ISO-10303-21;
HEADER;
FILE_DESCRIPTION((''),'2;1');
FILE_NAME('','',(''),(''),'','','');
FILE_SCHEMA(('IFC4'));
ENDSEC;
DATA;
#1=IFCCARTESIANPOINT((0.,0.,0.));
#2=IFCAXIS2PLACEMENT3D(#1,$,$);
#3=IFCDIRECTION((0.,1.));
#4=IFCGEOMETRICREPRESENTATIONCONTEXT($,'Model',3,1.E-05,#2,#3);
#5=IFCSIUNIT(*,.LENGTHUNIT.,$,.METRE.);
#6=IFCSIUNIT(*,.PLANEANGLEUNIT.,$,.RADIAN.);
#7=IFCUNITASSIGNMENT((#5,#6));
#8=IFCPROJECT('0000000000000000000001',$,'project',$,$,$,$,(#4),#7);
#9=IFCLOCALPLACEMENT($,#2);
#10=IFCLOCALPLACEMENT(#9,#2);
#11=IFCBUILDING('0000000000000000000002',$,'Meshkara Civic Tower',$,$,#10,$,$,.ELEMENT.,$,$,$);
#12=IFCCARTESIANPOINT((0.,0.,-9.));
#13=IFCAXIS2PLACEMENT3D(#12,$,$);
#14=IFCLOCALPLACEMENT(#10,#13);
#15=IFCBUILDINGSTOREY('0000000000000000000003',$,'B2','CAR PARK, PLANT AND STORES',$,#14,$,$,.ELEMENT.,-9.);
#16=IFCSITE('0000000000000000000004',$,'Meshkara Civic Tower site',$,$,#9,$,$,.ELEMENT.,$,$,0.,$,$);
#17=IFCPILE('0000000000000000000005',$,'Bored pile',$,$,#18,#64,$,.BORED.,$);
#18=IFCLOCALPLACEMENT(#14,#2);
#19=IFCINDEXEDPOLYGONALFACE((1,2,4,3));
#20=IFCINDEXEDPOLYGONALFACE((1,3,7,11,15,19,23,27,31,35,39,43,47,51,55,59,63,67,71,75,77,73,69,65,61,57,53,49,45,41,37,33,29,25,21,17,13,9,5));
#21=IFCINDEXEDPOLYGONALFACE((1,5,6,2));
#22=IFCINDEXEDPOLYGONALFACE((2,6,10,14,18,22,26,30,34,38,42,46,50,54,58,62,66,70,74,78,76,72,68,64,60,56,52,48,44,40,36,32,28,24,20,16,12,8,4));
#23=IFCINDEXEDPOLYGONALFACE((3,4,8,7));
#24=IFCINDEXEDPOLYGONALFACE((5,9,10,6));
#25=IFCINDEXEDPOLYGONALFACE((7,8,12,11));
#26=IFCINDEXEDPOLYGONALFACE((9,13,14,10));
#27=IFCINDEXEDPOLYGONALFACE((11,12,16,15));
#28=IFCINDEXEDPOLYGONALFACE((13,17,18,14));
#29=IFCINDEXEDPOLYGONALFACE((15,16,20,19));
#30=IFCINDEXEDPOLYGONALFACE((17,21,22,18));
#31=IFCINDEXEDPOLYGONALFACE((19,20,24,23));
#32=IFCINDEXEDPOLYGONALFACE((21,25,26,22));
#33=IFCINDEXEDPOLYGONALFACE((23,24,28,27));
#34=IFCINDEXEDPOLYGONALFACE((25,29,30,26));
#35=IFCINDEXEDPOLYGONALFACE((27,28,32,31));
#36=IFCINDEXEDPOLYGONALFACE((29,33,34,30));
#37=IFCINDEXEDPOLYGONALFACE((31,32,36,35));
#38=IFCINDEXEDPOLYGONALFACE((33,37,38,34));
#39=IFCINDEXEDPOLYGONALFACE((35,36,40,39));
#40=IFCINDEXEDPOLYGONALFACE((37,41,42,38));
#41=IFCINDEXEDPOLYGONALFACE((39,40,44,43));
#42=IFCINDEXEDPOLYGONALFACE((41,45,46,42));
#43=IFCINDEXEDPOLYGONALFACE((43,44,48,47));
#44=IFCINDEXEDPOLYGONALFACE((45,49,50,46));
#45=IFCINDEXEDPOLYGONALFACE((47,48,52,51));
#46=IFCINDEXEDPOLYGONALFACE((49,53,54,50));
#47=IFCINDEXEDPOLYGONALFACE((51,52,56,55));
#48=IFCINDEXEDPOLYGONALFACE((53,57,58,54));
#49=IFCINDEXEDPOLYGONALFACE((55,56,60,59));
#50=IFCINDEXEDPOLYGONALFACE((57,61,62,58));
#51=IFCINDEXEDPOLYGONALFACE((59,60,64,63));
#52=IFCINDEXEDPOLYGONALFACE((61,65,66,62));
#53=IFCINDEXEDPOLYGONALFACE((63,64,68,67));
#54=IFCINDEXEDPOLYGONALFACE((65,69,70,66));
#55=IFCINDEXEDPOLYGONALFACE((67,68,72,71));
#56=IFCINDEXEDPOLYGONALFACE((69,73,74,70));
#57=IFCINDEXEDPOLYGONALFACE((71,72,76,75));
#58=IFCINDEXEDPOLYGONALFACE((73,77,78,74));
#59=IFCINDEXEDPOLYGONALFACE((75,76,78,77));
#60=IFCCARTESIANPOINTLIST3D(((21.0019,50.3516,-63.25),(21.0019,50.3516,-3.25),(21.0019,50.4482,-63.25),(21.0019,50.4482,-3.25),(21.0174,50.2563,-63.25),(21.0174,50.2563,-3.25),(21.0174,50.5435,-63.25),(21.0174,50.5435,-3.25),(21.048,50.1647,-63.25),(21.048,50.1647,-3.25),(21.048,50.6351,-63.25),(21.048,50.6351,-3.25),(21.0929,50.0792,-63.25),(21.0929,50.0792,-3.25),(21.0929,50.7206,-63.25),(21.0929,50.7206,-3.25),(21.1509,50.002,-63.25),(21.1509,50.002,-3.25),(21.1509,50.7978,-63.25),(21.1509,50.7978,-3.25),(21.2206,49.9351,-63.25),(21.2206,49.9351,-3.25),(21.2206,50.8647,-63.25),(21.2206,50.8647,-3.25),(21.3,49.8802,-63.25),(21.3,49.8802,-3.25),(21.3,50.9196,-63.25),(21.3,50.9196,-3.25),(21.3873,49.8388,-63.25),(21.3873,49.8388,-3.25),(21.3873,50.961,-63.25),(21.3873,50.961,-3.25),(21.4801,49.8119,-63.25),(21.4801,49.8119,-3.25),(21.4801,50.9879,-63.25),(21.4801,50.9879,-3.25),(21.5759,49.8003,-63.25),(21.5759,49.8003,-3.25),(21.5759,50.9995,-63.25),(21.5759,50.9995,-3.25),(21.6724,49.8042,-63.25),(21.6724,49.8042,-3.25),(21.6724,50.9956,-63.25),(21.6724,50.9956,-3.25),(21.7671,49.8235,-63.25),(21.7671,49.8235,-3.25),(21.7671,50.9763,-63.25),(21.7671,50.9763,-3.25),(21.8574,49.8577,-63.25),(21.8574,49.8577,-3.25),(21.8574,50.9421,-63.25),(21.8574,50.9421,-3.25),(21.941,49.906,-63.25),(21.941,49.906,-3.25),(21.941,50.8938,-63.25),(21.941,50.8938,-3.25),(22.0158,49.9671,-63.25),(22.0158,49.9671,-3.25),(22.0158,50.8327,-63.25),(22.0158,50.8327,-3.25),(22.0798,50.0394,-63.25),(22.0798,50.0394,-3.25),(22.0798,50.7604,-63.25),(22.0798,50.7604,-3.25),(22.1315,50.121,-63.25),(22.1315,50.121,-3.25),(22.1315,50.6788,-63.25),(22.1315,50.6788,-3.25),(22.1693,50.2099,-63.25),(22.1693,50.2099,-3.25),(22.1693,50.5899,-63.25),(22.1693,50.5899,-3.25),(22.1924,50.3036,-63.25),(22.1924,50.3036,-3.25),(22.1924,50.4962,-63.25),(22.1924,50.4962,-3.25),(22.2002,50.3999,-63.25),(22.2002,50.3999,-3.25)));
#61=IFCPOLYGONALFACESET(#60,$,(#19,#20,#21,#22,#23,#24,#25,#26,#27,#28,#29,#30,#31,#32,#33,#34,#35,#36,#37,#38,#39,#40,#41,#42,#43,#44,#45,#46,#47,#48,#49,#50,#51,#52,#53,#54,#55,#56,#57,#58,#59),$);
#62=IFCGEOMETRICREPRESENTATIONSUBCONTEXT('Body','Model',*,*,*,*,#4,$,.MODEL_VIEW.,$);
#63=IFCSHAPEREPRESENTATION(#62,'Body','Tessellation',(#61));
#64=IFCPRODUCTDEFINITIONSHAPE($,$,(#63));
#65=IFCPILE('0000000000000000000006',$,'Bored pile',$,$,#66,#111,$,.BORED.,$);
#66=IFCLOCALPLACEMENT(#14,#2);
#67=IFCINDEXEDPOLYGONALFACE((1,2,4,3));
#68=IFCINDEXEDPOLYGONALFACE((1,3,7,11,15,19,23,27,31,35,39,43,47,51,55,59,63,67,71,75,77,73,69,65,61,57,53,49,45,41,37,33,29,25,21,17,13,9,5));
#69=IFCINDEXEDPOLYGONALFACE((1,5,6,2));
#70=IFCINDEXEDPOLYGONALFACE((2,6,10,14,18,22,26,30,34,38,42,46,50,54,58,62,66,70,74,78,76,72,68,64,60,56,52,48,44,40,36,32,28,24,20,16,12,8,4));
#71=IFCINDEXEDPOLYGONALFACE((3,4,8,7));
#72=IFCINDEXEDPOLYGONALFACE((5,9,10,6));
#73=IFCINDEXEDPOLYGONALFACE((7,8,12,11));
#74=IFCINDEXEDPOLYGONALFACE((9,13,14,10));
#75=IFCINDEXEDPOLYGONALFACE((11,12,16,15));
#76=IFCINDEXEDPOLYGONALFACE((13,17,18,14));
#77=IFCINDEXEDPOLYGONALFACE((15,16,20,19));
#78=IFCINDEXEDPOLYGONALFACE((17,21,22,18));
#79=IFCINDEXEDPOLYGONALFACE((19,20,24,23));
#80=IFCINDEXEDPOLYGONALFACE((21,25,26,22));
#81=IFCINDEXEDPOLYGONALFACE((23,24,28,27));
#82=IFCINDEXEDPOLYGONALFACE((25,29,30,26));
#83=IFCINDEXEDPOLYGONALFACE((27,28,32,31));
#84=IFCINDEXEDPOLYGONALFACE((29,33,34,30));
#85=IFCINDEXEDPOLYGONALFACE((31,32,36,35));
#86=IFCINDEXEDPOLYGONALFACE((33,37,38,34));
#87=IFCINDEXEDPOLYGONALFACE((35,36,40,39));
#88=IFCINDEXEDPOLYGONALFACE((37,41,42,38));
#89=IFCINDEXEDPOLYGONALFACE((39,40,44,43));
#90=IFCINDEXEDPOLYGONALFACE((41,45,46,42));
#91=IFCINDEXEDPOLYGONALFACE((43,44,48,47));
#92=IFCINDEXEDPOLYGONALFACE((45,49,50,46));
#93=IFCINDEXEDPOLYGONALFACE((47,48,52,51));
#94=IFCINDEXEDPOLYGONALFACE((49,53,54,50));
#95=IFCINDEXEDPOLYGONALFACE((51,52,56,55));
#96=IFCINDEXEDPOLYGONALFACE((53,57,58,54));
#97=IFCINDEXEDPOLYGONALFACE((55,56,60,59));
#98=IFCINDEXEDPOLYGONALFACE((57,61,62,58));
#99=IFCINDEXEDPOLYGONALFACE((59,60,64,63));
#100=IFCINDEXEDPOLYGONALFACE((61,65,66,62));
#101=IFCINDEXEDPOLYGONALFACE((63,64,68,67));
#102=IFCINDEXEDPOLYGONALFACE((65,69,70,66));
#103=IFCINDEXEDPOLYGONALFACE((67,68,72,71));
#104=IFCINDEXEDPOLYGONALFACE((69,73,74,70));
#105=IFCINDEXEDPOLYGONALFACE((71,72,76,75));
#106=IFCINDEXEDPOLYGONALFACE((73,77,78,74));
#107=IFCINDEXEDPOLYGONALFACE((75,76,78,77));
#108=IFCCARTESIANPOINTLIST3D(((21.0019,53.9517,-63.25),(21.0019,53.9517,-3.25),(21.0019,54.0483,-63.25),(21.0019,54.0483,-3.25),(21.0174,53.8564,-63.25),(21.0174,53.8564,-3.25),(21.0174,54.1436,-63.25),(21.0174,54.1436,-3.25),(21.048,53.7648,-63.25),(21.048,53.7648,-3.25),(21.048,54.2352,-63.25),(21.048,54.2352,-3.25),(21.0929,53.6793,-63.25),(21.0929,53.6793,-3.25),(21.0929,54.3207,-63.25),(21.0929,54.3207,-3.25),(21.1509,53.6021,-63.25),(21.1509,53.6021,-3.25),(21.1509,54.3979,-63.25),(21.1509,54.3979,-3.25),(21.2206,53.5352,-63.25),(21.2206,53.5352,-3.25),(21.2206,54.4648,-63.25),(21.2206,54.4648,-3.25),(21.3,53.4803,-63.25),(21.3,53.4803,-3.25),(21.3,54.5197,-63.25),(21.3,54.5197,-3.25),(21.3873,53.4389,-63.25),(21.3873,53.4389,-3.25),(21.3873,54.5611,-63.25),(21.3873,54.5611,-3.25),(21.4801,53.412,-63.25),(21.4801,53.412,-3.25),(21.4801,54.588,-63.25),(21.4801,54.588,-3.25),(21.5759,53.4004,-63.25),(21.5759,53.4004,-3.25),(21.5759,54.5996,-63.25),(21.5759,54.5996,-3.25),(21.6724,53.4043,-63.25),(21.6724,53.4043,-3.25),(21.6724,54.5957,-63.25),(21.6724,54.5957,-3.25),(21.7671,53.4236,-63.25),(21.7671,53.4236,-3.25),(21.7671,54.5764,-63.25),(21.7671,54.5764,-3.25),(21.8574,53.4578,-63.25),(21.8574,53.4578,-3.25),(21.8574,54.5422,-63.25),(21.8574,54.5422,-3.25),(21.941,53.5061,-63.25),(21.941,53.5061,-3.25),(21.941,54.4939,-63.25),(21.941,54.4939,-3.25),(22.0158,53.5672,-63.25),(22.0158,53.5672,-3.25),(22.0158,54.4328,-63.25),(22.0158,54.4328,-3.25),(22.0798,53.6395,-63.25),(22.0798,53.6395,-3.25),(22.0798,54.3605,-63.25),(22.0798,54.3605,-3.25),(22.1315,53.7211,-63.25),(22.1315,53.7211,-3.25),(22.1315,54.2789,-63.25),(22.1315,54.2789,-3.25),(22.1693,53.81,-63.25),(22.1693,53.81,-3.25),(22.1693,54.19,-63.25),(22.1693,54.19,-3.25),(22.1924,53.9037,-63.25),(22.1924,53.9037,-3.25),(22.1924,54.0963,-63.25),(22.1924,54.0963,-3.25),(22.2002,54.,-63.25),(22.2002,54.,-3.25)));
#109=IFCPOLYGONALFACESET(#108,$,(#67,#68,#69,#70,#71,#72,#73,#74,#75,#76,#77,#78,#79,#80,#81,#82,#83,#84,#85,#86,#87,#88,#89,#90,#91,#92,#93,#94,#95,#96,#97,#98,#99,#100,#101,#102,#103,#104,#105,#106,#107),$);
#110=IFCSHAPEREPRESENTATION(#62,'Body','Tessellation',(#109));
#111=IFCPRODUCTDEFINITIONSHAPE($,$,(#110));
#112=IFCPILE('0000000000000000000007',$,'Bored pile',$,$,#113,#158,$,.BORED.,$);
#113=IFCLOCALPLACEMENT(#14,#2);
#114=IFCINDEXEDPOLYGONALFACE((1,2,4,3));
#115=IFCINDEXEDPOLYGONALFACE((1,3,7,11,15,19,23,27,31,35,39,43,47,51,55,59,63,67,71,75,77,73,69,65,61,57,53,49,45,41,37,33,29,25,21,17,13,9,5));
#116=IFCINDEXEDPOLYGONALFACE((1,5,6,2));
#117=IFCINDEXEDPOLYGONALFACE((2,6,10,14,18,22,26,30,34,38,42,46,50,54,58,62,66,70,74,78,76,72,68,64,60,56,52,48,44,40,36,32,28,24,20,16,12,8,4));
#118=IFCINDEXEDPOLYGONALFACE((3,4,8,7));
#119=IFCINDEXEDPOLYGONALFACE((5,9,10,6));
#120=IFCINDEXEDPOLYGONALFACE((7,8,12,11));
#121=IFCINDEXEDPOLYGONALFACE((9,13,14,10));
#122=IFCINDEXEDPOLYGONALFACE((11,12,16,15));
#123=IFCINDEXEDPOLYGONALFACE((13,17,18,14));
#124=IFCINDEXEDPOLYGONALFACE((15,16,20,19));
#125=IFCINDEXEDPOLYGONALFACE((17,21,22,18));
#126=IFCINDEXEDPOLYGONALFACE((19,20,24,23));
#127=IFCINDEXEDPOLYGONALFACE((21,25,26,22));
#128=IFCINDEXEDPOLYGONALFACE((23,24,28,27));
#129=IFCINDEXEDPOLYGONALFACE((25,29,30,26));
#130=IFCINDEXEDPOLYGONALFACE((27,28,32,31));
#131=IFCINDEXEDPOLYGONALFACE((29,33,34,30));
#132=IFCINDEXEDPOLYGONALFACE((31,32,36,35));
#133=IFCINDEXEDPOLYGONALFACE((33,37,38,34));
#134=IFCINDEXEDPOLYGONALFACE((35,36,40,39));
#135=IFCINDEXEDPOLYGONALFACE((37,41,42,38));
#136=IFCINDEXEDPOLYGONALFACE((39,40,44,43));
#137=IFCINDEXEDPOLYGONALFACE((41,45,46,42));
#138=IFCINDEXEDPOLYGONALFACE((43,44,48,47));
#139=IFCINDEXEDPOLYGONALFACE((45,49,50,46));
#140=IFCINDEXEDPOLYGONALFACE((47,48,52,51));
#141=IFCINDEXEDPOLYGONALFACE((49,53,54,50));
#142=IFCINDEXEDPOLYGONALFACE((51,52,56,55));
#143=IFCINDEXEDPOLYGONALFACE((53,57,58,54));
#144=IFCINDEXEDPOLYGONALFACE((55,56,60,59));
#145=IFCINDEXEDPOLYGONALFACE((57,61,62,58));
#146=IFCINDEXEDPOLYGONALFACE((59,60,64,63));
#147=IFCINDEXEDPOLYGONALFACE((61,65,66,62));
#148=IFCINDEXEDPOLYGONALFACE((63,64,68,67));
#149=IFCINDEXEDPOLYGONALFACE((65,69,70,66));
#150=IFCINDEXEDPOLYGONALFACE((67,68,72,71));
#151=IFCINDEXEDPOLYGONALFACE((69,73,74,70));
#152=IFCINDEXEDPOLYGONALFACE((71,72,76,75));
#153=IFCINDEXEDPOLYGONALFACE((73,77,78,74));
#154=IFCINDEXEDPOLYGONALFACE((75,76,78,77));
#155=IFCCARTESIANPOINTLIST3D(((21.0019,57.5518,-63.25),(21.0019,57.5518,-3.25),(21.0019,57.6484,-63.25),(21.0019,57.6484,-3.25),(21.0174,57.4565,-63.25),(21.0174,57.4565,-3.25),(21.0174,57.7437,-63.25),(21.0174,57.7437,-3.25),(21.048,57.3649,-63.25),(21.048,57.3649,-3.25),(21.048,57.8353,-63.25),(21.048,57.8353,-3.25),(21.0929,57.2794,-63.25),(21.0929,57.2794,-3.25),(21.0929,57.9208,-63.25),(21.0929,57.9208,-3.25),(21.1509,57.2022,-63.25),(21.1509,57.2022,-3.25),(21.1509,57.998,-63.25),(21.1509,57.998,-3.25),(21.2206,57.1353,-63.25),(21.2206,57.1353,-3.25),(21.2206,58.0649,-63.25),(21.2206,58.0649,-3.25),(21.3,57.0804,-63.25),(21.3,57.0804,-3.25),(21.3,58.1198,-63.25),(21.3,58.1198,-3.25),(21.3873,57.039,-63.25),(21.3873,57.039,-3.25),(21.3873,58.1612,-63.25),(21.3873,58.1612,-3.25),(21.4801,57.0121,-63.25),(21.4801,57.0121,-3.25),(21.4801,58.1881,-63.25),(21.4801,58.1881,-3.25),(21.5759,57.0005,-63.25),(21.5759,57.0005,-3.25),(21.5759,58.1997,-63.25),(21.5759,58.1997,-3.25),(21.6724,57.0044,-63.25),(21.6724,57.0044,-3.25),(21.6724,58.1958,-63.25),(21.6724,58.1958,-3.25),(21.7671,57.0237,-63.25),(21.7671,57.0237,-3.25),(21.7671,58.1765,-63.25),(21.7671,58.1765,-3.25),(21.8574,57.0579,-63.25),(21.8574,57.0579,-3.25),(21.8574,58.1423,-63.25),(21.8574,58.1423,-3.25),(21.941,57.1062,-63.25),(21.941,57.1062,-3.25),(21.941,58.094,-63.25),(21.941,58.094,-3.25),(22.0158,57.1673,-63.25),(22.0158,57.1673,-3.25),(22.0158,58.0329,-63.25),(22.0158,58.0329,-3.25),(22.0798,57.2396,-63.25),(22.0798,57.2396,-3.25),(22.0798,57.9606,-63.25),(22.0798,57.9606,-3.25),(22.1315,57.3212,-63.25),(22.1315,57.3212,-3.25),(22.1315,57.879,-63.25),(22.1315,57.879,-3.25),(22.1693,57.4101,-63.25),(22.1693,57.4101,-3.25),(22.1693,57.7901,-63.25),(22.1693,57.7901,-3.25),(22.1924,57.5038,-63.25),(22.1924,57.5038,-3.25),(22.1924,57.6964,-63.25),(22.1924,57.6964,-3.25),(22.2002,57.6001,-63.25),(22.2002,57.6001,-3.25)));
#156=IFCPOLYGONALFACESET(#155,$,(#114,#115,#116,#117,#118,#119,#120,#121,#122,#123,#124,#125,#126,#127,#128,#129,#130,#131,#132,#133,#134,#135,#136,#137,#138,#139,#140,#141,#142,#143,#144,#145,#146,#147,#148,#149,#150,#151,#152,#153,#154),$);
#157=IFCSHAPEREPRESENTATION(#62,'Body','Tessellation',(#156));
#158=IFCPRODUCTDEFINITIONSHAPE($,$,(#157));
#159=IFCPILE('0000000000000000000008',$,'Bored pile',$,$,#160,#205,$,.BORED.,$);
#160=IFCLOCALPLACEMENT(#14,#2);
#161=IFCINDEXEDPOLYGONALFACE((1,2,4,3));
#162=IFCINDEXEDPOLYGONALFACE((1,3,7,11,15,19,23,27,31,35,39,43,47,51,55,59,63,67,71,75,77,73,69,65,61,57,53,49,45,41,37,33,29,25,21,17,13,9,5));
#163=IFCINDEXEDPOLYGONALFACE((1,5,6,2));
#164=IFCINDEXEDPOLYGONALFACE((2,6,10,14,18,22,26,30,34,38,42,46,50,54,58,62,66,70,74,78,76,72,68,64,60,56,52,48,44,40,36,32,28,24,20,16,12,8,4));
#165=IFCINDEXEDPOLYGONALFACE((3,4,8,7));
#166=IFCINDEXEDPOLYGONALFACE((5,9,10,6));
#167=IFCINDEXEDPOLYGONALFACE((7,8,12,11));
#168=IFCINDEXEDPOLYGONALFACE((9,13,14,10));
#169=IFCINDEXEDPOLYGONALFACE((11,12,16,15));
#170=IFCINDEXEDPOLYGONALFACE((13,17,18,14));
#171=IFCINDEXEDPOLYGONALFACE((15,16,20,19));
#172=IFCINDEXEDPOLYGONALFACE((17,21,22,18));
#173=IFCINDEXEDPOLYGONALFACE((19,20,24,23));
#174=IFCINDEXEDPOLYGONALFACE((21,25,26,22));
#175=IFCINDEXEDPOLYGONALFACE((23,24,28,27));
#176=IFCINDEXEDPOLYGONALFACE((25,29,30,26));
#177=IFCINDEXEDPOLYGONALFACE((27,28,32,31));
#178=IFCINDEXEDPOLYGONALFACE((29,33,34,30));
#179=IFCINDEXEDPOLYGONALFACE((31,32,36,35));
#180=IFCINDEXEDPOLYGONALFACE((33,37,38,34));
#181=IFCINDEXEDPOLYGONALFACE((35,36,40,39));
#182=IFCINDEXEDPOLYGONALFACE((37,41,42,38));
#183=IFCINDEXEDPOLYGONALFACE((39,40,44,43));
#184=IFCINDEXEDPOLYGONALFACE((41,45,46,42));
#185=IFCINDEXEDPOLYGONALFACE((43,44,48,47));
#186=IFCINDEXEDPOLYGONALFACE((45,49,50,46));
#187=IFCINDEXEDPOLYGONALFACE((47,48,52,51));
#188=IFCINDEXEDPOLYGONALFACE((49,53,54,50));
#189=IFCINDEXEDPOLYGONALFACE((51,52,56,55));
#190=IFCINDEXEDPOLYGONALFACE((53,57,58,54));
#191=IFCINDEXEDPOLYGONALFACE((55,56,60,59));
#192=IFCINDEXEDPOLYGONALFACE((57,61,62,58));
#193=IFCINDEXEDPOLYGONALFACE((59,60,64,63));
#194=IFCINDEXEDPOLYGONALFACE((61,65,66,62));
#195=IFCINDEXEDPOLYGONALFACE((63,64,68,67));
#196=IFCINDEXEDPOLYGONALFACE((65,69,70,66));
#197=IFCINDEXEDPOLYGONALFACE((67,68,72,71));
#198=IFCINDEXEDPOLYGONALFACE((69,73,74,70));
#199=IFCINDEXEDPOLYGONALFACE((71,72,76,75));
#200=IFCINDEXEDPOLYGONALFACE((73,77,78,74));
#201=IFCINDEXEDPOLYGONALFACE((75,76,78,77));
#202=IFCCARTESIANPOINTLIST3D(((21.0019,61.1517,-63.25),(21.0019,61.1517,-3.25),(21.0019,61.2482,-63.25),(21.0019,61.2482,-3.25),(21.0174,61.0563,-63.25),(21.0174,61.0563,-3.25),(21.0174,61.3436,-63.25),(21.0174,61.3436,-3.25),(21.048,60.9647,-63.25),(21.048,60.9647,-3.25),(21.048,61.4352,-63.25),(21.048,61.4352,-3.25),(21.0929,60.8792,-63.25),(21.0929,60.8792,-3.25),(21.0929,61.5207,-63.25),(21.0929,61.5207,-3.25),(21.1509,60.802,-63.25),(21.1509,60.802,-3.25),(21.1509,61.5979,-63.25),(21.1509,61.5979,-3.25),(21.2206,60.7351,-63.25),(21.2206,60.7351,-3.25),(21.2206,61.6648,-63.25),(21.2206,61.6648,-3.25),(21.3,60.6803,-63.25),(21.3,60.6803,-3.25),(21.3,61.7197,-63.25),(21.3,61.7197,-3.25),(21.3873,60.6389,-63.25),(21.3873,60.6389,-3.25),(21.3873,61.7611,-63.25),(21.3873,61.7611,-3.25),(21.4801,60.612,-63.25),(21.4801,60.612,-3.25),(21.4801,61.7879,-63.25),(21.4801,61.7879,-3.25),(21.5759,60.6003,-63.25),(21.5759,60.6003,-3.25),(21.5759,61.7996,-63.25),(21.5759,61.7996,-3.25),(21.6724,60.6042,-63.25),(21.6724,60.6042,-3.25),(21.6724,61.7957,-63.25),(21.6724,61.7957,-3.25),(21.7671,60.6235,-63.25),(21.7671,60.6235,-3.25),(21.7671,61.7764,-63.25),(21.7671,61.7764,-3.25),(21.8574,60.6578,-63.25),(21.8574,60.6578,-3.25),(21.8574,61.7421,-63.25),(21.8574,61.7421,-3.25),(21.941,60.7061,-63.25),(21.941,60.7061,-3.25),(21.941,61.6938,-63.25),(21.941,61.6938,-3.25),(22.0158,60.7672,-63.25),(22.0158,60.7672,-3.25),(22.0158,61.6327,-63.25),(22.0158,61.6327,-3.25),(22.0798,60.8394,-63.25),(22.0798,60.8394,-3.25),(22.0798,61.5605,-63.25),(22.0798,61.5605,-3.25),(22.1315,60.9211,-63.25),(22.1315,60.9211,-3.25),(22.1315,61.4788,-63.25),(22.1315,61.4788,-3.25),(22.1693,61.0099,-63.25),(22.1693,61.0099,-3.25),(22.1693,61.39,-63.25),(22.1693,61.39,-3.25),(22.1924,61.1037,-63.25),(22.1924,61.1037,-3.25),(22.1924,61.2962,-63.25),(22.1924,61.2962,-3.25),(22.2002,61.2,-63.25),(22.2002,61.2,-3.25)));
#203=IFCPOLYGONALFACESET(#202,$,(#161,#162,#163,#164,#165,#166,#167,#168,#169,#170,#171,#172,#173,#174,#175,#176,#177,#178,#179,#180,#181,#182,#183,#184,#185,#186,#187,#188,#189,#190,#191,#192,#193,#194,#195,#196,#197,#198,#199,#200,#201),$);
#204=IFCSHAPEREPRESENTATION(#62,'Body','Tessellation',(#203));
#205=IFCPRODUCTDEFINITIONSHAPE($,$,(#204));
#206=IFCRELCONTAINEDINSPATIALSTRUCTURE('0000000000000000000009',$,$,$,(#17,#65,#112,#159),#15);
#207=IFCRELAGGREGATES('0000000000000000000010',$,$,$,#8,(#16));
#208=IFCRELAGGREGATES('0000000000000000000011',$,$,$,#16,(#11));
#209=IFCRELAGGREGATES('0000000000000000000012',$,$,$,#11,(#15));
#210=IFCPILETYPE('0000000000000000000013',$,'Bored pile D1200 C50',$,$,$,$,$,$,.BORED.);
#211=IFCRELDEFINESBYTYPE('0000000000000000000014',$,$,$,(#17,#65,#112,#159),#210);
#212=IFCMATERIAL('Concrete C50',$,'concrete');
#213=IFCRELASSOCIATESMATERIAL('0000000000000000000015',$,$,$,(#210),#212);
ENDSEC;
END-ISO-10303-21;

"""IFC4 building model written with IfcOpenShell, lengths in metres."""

from ifc_helpers import new_model, si_unit, direction, frame, origin, origin_2d, place, context, subcontext, project, spatial, circle, extrude, material, material_profile, profile_set, type_object, element, save


model = new_model("IFC4")

# Units and contexts
model_context = context("Model", 3, precision=1e-05, world=origin(), true_north=direction((0.0, 1.0)))
body_context = subcontext(model_context, "Body", "Model", "MODEL_VIEW")
ifc_project = project(units=[si_unit("LENGTHUNIT", "METRE"), si_unit("PLANEANGLEUNIT", "RADIAN")], contexts=[model_context])

# Site, building, storey
site_placement = place(None, origin())
site = spatial("IfcSite", under=ifc_project, at=site_placement, Name="Meshkara Civic Tower site", CompositionType="ELEMENT", RefElevation=0.0)
building_placement = place(site_placement, origin())
building = spatial("IfcBuilding", under=site, at=building_placement, Name="Meshkara Civic Tower", CompositionType="ELEMENT")
storey_placement = place(building_placement, frame((0.0, 0.0, -9.0)))
storey = spatial("IfcBuildingStorey", under=building, at=storey_placement, Name="B2", Description="CAR PARK, PLANT AND STORES", CompositionType="ELEMENT", Elevation=-9.0)

# Piles
ifc_material_1 = material(Name="Concrete C50", Category="concrete")
ifc_material_profile_1 = material_profile(ifc_material_1, circle(Radius=0.6001, at=origin_2d()))
ifc_profile_set_1 = profile_set([ifc_material_profile_1], Name="Concrete C50")
pile_type = type_object("IfcPileType", Name="Bored pile D1200 C50", PredefinedType="BORED", material=ifc_profile_set_1)
for number, where, z_axis, x_axis, name in (
    (1, (21.6001, 50.3999, -3.25), (0.0, 0.0, -1.0), (1.0, 0.0, 0.0), "Bored pile"),
    (2, (21.6001, 54.0, -3.25), (0.0, 0.0, -1.0), (1.0, 0.0, 0.0), "Bored pile"),
    (3, (21.6001, 57.6001, -3.25), (0.0, 0.0, -1.0), (1.0, 0.0, 0.0), "Bored pile"),
    (4, (21.6001, 61.2, -3.25), (0.0, 0.0, -1.0), (1.0, 0.0, 0.0), "Bored pile"),
):
    element("IfcPile", number, at=place(storey_placement, frame(where, z_axis=z_axis, x_axis=x_axis)), inside=storey, type_object=pile_type, Name=name, PredefinedType="BORED", context=body_context, shape_type="SweptSolid", body=[
        extrude(circle(Radius=0.6001, at=origin_2d()), origin(), (0.0, 0.0, 1.0), 60.0),
    ])

save(model, "model.ifc")
